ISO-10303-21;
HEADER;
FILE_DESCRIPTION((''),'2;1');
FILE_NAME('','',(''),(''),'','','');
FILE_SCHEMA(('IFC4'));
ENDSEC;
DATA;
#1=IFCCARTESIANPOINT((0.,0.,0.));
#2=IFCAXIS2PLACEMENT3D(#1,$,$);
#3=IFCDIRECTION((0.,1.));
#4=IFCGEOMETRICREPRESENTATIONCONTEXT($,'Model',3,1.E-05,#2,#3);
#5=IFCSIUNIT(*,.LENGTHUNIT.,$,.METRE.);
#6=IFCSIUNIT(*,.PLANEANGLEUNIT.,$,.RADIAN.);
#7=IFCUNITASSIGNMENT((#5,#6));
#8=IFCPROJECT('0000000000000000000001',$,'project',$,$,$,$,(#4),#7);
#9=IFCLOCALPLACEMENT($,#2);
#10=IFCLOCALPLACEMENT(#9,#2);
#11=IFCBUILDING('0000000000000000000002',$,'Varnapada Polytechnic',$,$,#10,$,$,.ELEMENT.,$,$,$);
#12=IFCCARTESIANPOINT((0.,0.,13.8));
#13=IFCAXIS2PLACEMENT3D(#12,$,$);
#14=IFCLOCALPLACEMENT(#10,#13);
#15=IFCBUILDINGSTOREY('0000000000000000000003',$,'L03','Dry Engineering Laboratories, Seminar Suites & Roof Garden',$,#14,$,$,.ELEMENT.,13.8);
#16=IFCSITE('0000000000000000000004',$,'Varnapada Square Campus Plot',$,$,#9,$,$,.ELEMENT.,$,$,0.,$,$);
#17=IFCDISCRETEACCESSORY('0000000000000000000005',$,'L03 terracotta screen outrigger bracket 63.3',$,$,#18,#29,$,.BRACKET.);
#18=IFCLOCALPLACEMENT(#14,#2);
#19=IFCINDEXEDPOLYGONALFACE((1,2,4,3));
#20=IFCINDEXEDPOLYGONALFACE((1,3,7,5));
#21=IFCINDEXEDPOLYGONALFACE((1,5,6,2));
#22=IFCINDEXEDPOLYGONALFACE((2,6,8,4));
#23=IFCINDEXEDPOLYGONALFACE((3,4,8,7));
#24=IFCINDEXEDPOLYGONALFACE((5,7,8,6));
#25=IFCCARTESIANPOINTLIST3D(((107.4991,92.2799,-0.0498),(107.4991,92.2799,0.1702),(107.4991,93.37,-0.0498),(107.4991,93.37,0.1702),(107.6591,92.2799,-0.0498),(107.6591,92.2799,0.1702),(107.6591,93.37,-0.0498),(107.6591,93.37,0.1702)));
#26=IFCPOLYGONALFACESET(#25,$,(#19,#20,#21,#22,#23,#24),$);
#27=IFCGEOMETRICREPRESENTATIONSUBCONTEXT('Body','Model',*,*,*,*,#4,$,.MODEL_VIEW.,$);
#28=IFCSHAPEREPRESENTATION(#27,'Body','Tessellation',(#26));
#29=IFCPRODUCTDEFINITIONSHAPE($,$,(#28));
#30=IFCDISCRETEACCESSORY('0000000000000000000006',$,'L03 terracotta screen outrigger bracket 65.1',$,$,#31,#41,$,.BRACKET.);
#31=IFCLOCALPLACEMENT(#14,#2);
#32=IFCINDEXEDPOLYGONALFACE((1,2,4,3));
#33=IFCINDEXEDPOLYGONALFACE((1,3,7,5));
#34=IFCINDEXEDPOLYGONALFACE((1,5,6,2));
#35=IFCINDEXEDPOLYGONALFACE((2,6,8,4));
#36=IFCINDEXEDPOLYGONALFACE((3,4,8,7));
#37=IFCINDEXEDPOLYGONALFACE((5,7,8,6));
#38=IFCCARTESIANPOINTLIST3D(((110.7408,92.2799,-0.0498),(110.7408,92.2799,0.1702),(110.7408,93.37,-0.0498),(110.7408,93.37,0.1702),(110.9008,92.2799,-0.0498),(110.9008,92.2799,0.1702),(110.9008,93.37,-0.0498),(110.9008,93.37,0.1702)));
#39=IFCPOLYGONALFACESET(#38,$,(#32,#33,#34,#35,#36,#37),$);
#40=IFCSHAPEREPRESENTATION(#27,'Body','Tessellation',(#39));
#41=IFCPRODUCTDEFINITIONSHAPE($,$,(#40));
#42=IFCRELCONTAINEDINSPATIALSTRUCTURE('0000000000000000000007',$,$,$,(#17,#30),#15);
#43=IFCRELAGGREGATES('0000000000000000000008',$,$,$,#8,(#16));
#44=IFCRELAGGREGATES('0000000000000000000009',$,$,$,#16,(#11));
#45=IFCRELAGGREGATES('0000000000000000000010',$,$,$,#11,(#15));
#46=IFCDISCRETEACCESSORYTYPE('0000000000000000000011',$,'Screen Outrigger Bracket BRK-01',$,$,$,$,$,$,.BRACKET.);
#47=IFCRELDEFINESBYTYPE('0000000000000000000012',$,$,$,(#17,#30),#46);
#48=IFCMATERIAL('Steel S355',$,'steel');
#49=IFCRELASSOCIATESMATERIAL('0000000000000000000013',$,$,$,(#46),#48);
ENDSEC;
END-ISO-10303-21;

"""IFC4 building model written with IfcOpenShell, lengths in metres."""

from ifc_helpers import new_model, si_unit, direction, frame, origin, origin_2d, place, context, subcontext, project, spatial, rectangle, extrude, material, type_object, element, save


model = new_model("IFC4")

# Units and contexts
model_context = context("Model", 3, precision=1e-05, world=origin(), true_north=direction((0.0, 1.0)))
body_context = subcontext(model_context, "Body", "Model", "MODEL_VIEW")
ifc_project = project(units=[si_unit("LENGTHUNIT", "METRE"), si_unit("PLANEANGLEUNIT", "RADIAN")], contexts=[model_context])

# Site, building, storey
site_placement = place(None, origin())
site = spatial("IfcSite", under=ifc_project, at=site_placement, Name="Varnapada Square Campus Plot", CompositionType="ELEMENT", RefElevation=0.0)
building_placement = place(site_placement, origin())
building = spatial("IfcBuilding", under=site, at=building_placement, Name="Varnapada Polytechnic", CompositionType="ELEMENT")
storey_placement = place(building_placement, frame((0.0, 0.0, 13.8)))
storey = spatial("IfcBuildingStorey", under=building, at=storey_placement, Name="L03", Description="Dry Engineering Laboratories, Seminar Suites & Roof Garden", CompositionType="ELEMENT", Elevation=13.8)

# Discrete accessories
ifc_material_1 = material(Name="Steel S355", Category="steel")
discrete_accessory_type = type_object("IfcDiscreteAccessoryType", Name="Screen Outrigger Bracket BRK-01", PredefinedType="BRACKET", material=ifc_material_1)
for number, where, z_axis, x_axis, name in (
    (1, (107.5791, 92.825, -0.0498), (0.0, 0.0, 1.0), (1.0, 0.0, 0.0), "L03 terracotta screen outrigger bracket 63.3"),
    (2, (110.8208, 92.825, -0.0498), (0.0, 0.0, 1.0), (1.0, 0.0, 0.0), "L03 terracotta screen outrigger bracket 65.1"),
):
    element("IfcDiscreteAccessory", number, at=place(storey_placement, frame(where, z_axis=z_axis, x_axis=x_axis)), inside=storey, type_object=discrete_accessory_type, Name=name, PredefinedType="BRACKET", context=body_context, shape_type="SweptSolid", body=[
        extrude(rectangle(XDim=0.1599, YDim=1.0901, at=origin_2d()), origin(), (0.0, 0.0, 1.0), 0.22),
    ])

save(model, "model.ifc")
